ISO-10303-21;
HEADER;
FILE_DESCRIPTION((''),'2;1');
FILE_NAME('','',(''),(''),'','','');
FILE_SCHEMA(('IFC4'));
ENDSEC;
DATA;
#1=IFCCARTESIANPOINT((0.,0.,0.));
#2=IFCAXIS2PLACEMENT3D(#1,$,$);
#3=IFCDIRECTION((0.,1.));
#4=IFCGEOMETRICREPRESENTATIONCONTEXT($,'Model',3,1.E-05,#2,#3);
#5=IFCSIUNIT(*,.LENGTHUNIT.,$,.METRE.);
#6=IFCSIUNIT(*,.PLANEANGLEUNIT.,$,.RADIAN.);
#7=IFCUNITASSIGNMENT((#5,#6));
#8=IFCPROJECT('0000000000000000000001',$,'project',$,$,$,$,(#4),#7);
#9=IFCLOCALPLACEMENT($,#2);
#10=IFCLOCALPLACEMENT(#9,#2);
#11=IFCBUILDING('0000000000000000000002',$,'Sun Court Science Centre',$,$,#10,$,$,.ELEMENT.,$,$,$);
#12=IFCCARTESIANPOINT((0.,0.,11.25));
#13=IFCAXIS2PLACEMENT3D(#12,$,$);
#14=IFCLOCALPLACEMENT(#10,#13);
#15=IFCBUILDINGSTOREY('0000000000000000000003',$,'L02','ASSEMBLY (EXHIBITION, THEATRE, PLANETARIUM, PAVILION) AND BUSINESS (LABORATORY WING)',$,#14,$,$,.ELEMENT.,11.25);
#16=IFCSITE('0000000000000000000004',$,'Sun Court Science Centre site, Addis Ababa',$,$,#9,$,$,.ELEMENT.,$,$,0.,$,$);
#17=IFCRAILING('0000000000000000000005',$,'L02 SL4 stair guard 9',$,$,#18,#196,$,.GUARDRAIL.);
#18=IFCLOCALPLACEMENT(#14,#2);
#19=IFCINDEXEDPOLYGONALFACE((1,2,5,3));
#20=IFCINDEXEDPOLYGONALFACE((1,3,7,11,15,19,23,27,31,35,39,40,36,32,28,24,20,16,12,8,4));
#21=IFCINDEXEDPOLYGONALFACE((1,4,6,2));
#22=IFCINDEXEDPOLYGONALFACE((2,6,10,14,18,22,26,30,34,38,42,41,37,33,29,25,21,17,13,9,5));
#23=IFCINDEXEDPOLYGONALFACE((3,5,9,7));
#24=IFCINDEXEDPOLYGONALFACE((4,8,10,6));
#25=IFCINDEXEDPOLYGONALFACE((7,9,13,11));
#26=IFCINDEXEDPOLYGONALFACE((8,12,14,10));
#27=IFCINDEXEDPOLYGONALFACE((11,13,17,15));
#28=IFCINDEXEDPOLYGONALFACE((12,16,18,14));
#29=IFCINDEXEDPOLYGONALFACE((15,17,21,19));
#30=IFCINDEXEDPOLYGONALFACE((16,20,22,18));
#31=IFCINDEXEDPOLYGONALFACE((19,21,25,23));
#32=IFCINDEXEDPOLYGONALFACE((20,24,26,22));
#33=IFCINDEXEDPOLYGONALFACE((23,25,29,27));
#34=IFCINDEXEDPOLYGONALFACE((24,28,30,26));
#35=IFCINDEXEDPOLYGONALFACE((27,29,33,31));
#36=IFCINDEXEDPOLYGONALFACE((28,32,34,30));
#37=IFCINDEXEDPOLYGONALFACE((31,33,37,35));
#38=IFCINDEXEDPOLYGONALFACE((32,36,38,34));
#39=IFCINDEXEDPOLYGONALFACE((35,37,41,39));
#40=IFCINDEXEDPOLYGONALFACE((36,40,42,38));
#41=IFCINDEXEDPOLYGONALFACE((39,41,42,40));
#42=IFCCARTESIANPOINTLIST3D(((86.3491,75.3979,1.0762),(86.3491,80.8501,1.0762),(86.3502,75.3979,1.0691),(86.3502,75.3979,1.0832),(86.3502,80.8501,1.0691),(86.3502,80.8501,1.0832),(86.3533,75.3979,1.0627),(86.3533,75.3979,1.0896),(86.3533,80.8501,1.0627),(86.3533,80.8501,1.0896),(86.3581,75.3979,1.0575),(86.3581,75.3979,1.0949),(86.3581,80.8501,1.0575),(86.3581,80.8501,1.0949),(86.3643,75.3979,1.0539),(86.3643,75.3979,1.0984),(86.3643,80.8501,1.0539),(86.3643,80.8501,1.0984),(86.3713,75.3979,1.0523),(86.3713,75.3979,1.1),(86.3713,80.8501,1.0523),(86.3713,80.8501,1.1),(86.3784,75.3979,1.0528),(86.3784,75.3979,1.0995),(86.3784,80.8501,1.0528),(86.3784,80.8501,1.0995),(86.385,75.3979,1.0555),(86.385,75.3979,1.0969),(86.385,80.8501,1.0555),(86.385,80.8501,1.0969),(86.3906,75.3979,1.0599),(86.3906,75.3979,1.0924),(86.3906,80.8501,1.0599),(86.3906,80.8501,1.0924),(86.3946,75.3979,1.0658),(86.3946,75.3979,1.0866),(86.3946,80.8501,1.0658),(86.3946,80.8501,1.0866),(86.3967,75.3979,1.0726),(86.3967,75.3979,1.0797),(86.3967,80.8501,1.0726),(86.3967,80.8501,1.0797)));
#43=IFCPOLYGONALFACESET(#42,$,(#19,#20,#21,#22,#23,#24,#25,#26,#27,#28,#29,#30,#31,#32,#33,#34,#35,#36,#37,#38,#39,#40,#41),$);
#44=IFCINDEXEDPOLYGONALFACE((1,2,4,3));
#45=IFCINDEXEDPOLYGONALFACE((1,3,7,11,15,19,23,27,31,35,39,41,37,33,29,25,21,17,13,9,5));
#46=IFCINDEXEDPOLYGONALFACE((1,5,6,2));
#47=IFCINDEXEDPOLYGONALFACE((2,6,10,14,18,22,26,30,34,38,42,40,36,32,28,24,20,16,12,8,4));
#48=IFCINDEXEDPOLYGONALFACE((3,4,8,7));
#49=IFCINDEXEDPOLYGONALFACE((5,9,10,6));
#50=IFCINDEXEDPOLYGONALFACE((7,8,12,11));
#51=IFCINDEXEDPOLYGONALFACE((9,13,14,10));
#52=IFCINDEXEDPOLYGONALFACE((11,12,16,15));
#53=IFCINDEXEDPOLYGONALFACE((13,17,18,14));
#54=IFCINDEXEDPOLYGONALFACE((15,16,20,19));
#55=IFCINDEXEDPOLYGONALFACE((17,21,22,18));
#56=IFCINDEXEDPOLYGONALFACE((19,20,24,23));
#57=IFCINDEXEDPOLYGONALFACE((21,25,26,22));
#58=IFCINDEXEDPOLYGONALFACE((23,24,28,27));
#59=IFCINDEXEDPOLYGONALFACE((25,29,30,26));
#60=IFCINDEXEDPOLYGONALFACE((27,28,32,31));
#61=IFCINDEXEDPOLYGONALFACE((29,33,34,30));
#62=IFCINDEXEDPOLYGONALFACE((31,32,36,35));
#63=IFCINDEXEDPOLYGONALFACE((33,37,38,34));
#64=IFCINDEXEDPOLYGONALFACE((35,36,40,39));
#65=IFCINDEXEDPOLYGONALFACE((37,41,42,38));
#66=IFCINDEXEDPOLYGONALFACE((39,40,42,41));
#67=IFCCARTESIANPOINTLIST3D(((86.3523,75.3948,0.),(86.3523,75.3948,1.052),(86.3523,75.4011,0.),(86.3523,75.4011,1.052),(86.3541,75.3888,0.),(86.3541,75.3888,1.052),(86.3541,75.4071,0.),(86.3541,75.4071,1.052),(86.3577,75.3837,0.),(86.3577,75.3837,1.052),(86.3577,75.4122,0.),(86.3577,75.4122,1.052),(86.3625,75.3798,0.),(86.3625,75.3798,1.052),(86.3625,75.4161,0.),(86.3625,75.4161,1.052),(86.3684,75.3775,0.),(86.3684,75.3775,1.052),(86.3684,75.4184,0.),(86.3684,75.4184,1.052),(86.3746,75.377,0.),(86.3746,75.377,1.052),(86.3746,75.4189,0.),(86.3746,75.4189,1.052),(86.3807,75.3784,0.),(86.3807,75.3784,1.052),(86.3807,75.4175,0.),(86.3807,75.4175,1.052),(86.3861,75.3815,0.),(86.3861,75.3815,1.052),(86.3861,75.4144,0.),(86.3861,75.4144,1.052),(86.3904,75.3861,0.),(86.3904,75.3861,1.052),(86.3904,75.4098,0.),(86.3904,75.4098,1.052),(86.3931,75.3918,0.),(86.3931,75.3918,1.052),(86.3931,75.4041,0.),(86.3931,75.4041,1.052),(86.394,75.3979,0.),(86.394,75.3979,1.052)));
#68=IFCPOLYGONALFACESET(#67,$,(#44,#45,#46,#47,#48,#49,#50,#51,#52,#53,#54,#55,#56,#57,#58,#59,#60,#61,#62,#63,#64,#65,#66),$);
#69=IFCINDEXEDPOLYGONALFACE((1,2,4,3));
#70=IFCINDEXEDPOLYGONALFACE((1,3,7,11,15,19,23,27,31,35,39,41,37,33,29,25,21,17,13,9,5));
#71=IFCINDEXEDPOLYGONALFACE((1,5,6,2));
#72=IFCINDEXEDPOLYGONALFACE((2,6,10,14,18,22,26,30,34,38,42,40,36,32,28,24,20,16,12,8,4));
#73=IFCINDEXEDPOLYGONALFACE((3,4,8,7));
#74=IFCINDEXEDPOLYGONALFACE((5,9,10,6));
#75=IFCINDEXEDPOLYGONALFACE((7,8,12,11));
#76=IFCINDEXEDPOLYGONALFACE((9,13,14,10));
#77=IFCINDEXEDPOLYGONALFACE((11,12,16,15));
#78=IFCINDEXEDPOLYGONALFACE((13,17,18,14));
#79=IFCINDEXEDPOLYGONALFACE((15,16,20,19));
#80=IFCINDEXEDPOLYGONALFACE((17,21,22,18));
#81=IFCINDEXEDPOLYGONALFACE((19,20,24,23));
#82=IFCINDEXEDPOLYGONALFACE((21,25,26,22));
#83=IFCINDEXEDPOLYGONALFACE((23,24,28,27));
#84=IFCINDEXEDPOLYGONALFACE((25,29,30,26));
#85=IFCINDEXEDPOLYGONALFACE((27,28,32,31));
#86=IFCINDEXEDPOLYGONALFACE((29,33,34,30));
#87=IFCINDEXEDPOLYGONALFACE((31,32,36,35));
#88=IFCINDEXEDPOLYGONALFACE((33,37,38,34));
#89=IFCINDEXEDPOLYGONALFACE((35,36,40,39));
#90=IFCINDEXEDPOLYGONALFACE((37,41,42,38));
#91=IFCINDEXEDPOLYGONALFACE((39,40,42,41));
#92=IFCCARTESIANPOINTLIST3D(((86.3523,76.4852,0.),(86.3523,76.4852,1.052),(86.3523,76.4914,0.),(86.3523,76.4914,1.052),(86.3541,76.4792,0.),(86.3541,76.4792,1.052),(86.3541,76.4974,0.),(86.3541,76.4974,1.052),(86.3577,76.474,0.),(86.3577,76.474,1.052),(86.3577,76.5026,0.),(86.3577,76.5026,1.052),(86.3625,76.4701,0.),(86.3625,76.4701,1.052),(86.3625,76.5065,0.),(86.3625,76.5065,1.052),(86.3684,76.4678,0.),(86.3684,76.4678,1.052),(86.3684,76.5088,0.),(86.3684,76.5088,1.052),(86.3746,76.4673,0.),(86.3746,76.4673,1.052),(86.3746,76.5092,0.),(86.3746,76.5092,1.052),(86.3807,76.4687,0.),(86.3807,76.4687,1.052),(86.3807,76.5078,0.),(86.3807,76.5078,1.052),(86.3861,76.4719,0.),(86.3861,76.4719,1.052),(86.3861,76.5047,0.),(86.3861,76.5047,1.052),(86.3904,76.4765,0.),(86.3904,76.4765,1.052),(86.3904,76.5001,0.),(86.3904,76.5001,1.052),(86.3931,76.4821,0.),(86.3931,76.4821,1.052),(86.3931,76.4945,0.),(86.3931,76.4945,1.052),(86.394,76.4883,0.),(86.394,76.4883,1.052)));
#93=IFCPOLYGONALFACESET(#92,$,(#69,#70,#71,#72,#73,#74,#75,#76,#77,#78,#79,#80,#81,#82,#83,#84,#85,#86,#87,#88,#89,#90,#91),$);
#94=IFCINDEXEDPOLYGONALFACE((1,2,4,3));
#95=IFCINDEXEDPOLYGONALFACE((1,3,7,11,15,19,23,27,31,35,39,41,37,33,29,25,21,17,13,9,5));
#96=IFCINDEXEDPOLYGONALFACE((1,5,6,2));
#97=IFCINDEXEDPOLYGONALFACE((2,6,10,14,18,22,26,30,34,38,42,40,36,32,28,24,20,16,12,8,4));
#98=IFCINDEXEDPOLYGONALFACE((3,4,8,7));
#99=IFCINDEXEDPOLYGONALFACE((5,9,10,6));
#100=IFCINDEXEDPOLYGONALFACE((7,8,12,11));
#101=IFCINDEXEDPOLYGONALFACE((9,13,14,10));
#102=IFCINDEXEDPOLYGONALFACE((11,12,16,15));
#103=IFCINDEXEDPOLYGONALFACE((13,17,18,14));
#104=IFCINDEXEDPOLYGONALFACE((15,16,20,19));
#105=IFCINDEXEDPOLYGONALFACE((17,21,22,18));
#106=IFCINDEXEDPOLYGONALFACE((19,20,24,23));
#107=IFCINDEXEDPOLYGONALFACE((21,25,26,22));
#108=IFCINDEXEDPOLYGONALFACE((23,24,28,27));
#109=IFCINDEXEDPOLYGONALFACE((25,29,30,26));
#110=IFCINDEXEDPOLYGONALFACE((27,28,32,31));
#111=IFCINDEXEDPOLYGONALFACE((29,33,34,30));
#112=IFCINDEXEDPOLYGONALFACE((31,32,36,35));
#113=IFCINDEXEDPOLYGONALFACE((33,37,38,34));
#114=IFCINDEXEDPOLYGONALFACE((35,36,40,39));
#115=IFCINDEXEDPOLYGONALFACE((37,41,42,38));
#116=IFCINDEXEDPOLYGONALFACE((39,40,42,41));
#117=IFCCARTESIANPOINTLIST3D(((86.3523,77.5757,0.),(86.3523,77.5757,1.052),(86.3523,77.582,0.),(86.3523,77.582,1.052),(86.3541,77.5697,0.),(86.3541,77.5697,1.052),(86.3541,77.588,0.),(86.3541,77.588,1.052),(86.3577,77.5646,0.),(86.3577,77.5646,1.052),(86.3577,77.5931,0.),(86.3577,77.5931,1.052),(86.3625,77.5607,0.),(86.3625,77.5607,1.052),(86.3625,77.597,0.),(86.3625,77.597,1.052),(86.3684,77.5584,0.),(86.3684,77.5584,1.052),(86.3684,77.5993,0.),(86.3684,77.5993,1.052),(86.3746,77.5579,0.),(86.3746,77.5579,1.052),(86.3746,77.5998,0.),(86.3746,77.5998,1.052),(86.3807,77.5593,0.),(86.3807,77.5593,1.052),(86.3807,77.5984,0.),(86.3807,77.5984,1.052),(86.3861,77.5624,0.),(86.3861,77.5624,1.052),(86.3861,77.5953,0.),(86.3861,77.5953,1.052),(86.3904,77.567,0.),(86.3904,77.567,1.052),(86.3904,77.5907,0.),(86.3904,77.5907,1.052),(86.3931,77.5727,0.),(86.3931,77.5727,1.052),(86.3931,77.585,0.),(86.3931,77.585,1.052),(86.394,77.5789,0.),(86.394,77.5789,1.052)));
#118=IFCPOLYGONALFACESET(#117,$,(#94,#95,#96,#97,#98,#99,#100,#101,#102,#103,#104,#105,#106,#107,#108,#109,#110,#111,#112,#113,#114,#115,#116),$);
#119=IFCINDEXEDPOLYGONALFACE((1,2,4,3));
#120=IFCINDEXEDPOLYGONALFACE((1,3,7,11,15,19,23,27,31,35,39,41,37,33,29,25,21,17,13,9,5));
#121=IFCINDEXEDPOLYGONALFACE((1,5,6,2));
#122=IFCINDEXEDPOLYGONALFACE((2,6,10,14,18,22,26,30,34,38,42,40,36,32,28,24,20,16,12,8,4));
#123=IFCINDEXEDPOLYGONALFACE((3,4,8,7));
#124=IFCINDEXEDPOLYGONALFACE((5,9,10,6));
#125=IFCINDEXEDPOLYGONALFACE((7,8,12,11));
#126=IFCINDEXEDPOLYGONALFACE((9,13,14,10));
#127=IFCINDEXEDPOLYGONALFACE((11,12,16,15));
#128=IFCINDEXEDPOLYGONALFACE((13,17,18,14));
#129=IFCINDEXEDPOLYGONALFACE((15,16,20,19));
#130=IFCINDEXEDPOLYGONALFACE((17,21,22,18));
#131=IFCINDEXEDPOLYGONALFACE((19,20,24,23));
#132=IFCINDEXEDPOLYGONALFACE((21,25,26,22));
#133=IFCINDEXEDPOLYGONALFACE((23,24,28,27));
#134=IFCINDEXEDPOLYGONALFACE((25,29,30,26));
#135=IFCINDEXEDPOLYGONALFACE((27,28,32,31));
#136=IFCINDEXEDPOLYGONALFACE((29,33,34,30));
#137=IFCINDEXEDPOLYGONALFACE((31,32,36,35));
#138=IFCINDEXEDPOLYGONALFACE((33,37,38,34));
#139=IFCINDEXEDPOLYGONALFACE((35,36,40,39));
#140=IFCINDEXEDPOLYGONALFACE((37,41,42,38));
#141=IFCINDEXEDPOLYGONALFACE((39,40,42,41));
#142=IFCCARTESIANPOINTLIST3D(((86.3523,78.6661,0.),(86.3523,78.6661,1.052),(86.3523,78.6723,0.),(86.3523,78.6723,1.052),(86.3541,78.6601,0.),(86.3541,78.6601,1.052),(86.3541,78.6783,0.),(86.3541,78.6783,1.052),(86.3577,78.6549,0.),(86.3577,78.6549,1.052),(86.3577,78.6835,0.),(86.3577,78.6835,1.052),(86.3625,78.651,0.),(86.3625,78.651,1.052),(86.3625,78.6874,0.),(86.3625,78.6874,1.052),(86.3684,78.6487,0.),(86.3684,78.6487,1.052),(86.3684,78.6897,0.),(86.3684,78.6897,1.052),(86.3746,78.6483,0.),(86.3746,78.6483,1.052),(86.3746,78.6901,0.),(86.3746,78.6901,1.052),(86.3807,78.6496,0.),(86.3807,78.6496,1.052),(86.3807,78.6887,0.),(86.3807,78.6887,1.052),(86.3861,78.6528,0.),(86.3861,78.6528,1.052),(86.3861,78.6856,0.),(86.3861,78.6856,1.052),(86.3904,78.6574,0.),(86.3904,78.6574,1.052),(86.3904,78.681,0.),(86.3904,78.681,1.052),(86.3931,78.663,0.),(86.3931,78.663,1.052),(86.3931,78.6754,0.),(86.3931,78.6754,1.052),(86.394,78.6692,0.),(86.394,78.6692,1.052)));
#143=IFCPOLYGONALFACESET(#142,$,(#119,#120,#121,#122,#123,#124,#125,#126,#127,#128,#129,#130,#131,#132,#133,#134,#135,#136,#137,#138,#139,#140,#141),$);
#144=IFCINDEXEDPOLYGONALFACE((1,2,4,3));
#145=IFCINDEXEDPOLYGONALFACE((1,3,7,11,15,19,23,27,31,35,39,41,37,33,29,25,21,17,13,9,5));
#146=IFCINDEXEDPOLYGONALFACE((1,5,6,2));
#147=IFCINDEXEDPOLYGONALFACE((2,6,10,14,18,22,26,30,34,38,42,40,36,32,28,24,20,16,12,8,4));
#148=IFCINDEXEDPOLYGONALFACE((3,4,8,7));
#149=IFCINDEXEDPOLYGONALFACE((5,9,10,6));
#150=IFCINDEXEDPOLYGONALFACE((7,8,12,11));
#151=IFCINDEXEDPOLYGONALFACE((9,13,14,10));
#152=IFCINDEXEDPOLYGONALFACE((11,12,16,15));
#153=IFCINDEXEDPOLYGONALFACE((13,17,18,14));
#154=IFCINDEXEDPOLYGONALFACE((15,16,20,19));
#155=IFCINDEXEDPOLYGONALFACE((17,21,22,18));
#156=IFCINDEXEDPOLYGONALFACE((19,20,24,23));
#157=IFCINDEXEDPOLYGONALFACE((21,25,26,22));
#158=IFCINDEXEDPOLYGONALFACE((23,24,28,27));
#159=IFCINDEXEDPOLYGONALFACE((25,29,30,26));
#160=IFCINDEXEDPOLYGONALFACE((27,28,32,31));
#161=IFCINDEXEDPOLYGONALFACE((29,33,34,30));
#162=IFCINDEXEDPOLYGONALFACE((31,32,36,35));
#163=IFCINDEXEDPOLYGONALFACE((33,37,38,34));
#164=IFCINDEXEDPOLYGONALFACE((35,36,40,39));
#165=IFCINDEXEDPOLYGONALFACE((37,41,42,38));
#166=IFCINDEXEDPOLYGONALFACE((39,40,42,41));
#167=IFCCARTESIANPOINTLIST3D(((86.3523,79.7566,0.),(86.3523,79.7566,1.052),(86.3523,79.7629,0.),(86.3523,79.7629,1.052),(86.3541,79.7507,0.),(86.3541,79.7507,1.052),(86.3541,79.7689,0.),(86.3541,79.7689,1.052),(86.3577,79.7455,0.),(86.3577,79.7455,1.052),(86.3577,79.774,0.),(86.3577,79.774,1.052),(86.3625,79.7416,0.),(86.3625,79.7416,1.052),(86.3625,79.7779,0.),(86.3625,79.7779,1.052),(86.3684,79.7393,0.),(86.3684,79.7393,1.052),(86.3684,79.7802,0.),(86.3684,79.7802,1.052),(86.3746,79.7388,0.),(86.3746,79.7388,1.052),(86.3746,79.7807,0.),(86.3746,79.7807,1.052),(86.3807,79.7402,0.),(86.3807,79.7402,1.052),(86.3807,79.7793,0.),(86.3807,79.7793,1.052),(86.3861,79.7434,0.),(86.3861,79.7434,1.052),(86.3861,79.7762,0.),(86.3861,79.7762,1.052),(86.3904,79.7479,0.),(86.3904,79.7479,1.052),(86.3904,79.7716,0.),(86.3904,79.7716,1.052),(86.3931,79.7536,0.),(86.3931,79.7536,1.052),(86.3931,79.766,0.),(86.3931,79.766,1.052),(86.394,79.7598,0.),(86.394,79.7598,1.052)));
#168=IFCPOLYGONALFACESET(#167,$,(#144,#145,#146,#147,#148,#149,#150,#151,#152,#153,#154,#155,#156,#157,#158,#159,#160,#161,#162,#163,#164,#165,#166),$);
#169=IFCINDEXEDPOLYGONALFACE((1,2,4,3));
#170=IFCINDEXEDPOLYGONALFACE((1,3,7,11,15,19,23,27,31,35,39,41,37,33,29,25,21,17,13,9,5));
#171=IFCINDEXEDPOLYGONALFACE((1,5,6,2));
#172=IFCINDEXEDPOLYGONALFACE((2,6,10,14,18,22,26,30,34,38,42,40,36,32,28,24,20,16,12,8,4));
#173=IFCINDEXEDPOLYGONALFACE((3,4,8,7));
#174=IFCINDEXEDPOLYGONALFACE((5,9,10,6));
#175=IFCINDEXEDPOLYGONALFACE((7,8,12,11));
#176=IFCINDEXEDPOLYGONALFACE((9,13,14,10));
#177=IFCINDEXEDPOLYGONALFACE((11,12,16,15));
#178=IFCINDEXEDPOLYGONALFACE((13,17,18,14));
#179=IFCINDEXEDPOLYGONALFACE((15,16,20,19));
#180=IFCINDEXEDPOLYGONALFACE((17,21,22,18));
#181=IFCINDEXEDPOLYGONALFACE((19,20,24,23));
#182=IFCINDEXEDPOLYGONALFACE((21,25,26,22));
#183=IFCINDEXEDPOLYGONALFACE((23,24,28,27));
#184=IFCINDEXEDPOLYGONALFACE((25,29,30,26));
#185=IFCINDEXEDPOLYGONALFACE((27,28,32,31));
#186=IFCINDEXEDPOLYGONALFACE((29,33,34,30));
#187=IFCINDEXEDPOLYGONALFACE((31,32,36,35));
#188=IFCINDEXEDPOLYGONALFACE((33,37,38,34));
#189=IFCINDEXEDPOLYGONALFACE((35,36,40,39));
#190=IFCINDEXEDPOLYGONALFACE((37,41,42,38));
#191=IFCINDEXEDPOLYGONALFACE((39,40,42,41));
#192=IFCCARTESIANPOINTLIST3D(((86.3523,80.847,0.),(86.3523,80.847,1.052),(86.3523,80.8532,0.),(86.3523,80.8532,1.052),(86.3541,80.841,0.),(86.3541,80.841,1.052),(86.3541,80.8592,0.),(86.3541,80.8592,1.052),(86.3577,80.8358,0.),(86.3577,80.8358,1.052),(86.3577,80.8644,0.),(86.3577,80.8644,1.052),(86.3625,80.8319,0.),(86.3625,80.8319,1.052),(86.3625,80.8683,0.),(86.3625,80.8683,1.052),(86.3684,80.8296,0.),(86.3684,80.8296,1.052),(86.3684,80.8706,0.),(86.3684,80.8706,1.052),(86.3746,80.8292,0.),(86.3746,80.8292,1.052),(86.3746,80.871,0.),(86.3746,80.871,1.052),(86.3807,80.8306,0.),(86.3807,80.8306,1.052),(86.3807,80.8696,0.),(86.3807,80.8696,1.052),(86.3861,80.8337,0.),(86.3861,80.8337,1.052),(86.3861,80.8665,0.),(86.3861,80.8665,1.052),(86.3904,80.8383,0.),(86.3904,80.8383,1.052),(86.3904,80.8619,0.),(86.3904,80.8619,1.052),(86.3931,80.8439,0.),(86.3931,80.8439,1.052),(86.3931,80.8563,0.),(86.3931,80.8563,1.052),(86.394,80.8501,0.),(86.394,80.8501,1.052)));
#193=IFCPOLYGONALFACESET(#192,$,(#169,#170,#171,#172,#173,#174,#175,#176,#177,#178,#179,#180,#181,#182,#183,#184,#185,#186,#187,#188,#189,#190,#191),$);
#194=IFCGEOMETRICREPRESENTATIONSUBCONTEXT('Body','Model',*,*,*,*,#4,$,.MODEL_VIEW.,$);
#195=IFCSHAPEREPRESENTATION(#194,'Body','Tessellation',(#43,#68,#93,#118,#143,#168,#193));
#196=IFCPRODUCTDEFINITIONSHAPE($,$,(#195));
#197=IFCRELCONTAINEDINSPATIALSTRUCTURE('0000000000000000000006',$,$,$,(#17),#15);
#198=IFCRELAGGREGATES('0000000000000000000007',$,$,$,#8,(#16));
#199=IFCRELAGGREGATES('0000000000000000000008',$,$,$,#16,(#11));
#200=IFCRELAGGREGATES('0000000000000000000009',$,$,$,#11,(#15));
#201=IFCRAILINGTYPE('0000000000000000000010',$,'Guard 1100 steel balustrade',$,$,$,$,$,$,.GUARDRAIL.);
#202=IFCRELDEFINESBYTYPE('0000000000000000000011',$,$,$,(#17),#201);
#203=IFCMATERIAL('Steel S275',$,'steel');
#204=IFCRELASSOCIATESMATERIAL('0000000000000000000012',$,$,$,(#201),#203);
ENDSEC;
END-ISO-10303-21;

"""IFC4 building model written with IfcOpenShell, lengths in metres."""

from ifc_helpers import new_model, si_unit, direction, frame, origin, origin_2d, place, context, subcontext, project, spatial, circle, extrude, material, type_object, element, save


model = new_model("IFC4")

# Units and contexts
model_context = context("Model", 3, precision=1e-05, world=origin(), true_north=direction((0.0, 1.0)))
body_context = subcontext(model_context, "Body", "Model", "MODEL_VIEW")
ifc_project = project(units=[si_unit("LENGTHUNIT", "METRE"), si_unit("PLANEANGLEUNIT", "RADIAN")], contexts=[model_context])

# Site, building, storey
site_placement = place(None, origin())
site = spatial("IfcSite", under=ifc_project, at=site_placement, Name="Sun Court Science Centre site, Addis Ababa", CompositionType="ELEMENT", RefElevation=0.0)
building_placement = place(site_placement, origin())
building = spatial("IfcBuilding", under=site, at=building_placement, Name="Sun Court Science Centre", CompositionType="ELEMENT")
storey_placement = place(building_placement, frame((0.0, 0.0, 11.25)))
storey = spatial("IfcBuildingStorey", under=building, at=storey_placement, Name="L02", Description="ASSEMBLY (EXHIBITION, THEATRE, PLANETARIUM, PAVILION) AND BUSINESS (LABORATORY WING)", CompositionType="ELEMENT", Elevation=11.25)

# Railing
ifc_material_1 = material(Name="Steel S275", Category="steel")
railing_type_1 = type_object("IfcRailingType", Name="Guard 1100 steel balustrade", PredefinedType="GUARDRAIL", material=ifc_material_1)
railing_1_placement = place(storey_placement, frame((86.373, 75.3979, 0.0)))
element("IfcRailing", 1, at=railing_1_placement, inside=storey, type_object=railing_type_1, Name="L02 SL4 stair guard 9", PredefinedType="GUARDRAIL", context=body_context, shape_type="SweptSolid", body=[
    extrude(circle(Radius=0.0239, at=origin_2d()), frame((0.0, 0.0, 1.0762), z_axis=(0.0, 1.0, 0.0), x_axis=(-1.0, 0.0, 0.0)), (0.0, 0.0, 1.0), 5.4521),
    extrude(circle(Radius=0.021, at=origin_2d()), origin(), (0.0, 0.0, 1.0), 1.052),
    extrude(circle(Radius=0.021, at=origin_2d()), frame((0.0, 1.0903, 0.0)), (0.0, 0.0, 1.0), 1.052),
    extrude(circle(Radius=0.021, at=origin_2d()), frame((0.0, 2.1809, 0.0)), (0.0, 0.0, 1.0), 1.052),
    extrude(circle(Radius=0.021, at=origin_2d()), frame((0.0, 3.2712, 0.0)), (0.0, 0.0, 1.0), 1.052),
    extrude(circle(Radius=0.021, at=origin_2d()), frame((0.0, 4.3618, 0.0)), (0.0, 0.0, 1.0), 1.052),
    extrude(circle(Radius=0.021, at=origin_2d()), frame((0.0, 5.4521, 0.0)), (0.0, 0.0, 1.0), 1.052),
])

save(model, "model.ifc")
